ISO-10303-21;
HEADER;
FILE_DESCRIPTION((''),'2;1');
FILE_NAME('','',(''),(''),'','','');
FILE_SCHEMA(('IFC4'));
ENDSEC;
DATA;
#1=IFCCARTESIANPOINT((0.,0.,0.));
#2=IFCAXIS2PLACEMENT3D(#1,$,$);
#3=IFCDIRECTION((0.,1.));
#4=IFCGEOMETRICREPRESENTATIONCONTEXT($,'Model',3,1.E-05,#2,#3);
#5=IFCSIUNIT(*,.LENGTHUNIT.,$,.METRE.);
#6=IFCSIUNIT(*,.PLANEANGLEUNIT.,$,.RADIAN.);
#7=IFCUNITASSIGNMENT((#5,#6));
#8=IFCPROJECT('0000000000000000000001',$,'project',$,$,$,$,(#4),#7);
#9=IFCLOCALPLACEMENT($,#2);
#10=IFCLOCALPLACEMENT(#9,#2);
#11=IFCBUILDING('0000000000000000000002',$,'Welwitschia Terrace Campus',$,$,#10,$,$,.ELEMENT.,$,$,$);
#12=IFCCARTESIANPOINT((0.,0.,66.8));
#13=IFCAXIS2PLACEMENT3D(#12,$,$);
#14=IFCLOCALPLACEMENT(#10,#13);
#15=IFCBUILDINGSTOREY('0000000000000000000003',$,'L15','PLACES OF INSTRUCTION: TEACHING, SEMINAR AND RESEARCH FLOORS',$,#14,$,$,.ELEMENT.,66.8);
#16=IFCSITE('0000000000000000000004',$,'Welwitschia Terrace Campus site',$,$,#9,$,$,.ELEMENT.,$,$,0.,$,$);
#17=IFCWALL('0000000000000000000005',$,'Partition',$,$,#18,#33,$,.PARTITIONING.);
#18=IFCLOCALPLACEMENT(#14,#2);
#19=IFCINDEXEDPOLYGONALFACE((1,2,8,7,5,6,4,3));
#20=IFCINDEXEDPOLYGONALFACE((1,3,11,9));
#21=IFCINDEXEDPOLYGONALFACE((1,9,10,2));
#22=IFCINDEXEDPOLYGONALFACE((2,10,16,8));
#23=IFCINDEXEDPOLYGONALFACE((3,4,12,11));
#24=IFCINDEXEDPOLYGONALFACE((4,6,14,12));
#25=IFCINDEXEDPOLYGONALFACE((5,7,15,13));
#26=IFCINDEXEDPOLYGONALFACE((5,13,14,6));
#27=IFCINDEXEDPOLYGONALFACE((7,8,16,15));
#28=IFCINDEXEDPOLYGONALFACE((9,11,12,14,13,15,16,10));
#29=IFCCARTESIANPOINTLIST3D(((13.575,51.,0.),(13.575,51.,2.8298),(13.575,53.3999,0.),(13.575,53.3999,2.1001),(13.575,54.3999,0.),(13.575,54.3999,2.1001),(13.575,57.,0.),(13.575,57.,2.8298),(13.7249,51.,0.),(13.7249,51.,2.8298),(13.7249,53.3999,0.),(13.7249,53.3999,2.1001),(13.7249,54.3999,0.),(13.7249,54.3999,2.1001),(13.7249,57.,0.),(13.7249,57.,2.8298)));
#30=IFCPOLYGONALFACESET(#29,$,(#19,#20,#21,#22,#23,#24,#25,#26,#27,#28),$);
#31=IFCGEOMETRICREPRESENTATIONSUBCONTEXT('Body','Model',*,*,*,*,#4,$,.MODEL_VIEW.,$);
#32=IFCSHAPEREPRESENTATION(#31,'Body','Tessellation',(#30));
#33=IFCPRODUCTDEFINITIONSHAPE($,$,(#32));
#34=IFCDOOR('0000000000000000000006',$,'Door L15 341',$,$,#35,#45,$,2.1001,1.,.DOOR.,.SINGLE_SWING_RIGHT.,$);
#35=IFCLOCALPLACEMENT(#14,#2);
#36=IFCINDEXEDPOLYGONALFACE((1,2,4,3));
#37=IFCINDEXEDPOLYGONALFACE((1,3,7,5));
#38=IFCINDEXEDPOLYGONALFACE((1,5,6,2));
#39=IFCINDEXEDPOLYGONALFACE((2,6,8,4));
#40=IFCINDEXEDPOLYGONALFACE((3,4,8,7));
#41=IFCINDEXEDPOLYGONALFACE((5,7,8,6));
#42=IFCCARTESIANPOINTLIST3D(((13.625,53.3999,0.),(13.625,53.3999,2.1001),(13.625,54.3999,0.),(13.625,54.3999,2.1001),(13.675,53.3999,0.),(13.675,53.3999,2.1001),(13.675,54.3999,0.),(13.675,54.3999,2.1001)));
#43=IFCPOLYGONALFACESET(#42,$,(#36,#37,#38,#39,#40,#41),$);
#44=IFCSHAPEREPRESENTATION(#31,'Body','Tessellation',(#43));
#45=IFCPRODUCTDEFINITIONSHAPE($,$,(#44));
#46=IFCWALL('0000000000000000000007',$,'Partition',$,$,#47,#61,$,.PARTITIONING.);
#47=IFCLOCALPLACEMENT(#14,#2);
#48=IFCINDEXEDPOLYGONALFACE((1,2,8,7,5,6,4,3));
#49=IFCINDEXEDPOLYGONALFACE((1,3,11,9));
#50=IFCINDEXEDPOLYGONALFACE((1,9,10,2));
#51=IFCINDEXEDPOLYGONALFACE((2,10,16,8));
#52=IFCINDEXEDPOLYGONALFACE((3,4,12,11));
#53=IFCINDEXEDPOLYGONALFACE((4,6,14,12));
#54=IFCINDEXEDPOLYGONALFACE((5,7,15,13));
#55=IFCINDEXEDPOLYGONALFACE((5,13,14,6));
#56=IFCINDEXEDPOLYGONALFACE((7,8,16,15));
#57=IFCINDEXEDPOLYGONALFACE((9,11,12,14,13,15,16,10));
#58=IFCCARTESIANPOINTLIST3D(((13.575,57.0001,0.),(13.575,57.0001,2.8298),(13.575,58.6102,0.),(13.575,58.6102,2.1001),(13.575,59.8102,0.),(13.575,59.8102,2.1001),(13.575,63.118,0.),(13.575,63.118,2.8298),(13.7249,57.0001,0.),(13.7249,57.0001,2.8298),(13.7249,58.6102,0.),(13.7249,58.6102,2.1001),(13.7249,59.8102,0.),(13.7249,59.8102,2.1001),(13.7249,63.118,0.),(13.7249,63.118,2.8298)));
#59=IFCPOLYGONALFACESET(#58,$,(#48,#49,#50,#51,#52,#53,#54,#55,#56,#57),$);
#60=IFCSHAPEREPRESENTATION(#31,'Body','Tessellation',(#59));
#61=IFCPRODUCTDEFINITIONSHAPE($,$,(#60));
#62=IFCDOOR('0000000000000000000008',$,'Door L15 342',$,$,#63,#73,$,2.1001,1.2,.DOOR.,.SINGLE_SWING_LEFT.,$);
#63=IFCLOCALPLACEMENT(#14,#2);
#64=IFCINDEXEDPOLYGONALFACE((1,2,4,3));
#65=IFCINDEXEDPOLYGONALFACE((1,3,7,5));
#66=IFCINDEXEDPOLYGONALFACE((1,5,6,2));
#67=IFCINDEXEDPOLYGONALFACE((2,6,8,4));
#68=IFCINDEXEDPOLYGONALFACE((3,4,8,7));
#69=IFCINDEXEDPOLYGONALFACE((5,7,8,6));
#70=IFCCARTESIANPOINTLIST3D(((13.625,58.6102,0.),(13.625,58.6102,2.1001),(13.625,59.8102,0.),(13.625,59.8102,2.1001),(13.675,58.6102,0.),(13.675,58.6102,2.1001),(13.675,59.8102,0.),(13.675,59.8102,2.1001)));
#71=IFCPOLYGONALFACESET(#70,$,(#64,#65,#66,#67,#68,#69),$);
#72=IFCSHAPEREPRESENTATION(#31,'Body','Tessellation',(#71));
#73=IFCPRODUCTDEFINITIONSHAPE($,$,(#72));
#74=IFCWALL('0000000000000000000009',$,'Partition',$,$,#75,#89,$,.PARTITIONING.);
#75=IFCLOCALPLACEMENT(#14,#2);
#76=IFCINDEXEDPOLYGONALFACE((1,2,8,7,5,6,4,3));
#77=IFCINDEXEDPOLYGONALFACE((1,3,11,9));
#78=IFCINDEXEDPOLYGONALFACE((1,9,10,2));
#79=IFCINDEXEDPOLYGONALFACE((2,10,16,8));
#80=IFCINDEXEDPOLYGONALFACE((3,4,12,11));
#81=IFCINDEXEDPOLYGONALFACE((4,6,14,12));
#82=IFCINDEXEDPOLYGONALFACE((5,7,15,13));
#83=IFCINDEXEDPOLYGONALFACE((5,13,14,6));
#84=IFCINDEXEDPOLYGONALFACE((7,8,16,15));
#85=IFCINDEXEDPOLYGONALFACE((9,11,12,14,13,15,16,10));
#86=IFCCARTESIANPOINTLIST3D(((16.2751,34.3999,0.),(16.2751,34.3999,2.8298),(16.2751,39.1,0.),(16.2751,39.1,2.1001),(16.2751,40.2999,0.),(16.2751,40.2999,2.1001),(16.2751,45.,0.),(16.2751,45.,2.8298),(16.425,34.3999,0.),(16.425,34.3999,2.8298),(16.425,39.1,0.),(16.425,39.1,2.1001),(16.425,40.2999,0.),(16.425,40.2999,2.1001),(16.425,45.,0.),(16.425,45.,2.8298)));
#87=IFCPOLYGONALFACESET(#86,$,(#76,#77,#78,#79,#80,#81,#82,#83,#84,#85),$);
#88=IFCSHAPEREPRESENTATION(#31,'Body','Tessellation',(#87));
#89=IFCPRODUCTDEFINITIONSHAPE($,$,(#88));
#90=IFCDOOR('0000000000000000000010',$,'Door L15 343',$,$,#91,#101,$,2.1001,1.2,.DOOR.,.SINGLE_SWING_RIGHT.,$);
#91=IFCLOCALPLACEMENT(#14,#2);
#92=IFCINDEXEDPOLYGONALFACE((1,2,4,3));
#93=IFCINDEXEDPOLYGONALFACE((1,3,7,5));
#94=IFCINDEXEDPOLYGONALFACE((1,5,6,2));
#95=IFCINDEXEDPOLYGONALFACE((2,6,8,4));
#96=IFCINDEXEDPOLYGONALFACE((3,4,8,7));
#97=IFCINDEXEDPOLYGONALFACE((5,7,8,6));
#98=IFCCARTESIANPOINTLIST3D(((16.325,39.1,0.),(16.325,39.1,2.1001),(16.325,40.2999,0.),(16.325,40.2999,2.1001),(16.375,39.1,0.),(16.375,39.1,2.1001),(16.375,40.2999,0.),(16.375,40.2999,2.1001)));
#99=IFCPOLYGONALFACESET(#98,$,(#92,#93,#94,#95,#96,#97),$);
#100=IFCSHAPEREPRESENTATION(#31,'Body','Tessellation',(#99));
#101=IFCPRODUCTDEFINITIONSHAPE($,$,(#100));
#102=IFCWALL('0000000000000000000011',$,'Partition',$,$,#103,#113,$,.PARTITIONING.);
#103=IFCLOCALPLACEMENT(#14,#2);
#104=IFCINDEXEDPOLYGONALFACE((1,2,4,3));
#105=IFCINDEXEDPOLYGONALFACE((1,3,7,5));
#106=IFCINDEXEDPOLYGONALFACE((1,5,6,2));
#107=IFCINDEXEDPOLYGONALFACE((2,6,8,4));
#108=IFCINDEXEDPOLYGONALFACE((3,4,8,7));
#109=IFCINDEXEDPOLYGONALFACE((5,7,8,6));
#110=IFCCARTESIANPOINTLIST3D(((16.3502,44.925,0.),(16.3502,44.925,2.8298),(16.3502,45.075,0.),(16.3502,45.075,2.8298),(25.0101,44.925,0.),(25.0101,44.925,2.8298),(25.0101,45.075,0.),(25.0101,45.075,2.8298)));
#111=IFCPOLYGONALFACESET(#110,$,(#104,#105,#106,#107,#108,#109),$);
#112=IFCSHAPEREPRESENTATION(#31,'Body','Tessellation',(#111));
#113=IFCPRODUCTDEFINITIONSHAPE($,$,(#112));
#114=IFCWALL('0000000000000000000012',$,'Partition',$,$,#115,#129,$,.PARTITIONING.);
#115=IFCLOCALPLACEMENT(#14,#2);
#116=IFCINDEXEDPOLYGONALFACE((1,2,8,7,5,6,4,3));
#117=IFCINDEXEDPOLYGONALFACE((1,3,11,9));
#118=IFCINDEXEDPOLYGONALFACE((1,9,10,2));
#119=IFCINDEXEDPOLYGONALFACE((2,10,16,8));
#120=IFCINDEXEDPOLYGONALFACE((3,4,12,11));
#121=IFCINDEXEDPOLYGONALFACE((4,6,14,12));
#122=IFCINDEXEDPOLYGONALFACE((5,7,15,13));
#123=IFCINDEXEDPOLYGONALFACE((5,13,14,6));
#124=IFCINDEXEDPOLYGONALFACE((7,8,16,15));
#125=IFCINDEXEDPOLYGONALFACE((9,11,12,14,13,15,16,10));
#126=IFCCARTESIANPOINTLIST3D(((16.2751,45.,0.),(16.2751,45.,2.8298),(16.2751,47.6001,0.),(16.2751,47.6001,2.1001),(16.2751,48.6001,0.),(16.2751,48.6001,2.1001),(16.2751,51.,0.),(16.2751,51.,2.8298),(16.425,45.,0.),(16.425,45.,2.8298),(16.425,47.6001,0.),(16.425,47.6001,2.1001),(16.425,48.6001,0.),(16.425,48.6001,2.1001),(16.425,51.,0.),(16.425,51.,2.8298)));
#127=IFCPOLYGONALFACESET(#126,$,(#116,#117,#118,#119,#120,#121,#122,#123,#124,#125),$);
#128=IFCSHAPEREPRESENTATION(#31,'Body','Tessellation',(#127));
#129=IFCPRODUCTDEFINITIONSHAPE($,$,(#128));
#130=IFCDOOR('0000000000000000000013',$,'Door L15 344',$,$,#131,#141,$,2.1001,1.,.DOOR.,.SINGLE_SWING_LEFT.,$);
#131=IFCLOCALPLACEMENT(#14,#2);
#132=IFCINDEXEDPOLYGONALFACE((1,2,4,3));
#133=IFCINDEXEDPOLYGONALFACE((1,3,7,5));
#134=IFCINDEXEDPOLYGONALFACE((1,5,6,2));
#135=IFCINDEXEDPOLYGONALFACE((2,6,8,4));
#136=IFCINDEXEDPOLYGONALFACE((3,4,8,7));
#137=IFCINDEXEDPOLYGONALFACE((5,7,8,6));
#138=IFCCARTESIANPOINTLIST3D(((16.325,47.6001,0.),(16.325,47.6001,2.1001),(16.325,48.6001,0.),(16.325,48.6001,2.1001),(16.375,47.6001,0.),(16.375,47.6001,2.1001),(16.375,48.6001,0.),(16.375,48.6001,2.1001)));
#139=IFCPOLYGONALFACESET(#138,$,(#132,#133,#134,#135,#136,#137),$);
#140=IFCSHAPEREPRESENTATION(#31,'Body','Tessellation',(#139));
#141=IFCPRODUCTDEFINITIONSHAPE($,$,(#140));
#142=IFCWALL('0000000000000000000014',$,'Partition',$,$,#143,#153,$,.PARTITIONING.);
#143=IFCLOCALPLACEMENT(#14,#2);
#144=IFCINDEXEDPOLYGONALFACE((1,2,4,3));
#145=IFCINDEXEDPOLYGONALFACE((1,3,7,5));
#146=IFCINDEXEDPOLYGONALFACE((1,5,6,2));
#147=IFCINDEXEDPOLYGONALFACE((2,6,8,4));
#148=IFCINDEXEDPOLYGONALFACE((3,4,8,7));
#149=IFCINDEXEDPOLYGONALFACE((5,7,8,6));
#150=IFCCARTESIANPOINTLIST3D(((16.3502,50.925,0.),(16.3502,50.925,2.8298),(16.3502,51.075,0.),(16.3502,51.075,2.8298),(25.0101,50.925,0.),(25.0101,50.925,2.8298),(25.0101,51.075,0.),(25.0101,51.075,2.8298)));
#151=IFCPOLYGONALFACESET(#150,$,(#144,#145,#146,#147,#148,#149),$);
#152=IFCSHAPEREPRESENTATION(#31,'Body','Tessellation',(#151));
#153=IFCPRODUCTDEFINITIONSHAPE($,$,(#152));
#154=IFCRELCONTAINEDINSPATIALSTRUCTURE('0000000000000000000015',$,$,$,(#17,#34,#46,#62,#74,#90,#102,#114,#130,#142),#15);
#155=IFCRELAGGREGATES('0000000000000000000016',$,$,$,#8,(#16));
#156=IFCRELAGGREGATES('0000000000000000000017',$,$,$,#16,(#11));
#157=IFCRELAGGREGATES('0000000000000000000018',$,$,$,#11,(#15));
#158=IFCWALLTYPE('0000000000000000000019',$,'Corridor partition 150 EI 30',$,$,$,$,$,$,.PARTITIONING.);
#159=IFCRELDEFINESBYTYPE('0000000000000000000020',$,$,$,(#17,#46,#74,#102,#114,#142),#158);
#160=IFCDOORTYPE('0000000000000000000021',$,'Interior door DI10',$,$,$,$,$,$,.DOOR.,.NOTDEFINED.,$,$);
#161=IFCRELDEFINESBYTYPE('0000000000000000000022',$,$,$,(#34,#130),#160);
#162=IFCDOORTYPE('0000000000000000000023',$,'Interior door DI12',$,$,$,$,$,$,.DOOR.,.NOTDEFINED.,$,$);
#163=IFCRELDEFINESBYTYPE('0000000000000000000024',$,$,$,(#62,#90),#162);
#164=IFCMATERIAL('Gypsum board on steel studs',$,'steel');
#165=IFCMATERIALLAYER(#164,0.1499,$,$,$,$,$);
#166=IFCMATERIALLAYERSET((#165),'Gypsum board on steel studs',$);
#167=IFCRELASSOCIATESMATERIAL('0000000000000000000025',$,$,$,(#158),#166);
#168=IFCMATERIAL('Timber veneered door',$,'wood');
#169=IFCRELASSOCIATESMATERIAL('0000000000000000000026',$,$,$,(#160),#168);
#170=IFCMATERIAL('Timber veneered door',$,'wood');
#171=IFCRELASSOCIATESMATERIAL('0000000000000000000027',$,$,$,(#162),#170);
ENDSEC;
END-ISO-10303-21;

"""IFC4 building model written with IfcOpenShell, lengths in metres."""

from ifc_helpers import new_model, si_unit, direction, frame, frame_2d, origin, place, context, subcontext, project, spatial, rectangle, extrude, material, layer, layer_set, type_object, element, fill, save


model = new_model("IFC4")

# Units and contexts
model_context = context("Model", 3, precision=1e-05, world=origin(), true_north=direction((0.0, 1.0)))
body_context = subcontext(model_context, "Body", "Model", "MODEL_VIEW")
ifc_project = project(units=[si_unit("LENGTHUNIT", "METRE"), si_unit("PLANEANGLEUNIT", "RADIAN")], contexts=[model_context])

# Site, building, storey
site_placement = place(None, origin())
site = spatial("IfcSite", under=ifc_project, at=site_placement, Name="Welwitschia Terrace Campus site", CompositionType="ELEMENT", RefElevation=0.0)
building_placement = place(site_placement, origin())
building = spatial("IfcBuilding", under=site, at=building_placement, Name="Welwitschia Terrace Campus", CompositionType="ELEMENT")
storey_placement = place(building_placement, frame((0.0, 0.0, 66.8)))
storey = spatial("IfcBuildingStorey", under=building, at=storey_placement, Name="L15", Description="PLACES OF INSTRUCTION: TEACHING, SEMINAR AND RESEARCH FLOORS", CompositionType="ELEMENT", Elevation=66.8)

# Walls, openings, doors
ifc_material_1 = material(Name="Gypsum board on steel studs", Category="steel")
ifc_layer_1 = layer(ifc_material_1, 0.1499)
ifc_layer_set_1 = layer_set([ifc_layer_1], Name="Gypsum board on steel studs")
wall_type_1 = type_object("IfcWallType", Name="Corridor partition 150 EI 30", PredefinedType="PARTITIONING", material=ifc_layer_set_1)
wall_1_placement = place(storey_placement, frame((13.6499, 51.0, 0.0), z_axis=(0.0, 0.0, 1.0), x_axis=(0.0, 1.0, 0.0)))
wall_1 = element("IfcWall", 1, at=wall_1_placement, inside=storey, type_object=wall_type_1, Name="Partition", PredefinedType="PARTITIONING", context=body_context, shape_type="SweptSolid", body=[
    extrude(rectangle(XDim=6.0, YDim=0.1499, at=frame_2d((3.0, 0.0))), origin(), (0.0, 0.0, 1.0), 2.8298),
])
opening_1_placement = place(wall_1_placement, frame((2.3999, 0.0, 0.0)))
opening_1 = element("IfcOpeningElement", 2, at=opening_1_placement, cuts=wall_1, PredefinedType="OPENING", context=body_context, shape_type="SweptSolid", body=[
    extrude(rectangle(XDim=1.0, YDim=2.1001, at=frame_2d((0.5, 1.05))), frame((0.0, 0.085, 0.0), z_axis=(0.0, -1.0, 0.0), x_axis=(1.0, 0.0, 0.0)), (0.0, 0.0, 1.0), 0.1699),
])
ifc_material_2 = material(Name="Timber veneered door", Category="wood")
door_type_1 = type_object("IfcDoorType", Name="Interior door DI10", OperationType="NOTDEFINED", PredefinedType="DOOR", material=ifc_material_2)
door_1_placement = place(opening_1_placement, origin())
door_1 = element("IfcDoor", 3, at=door_1_placement, inside=storey, type_object=door_type_1, Name="Door L15 341", OperationType="SINGLE_SWING_RIGHT", OverallHeight=2.1001, OverallWidth=1.0, PredefinedType="DOOR", context=body_context, shape_type="SweptSolid", body=[
    extrude(rectangle(XDim=1.0, YDim=2.1001, at=frame_2d((0.5, 1.05))), frame((0.0, 0.0249, 0.0), z_axis=(0.0, -1.0, 0.0), x_axis=(1.0, 0.0, 0.0)), (0.0, 0.0, 1.0), 0.05),
])
fill(opening_1, door_1)
wall_2_placement = place(storey_placement, frame((13.6499, 57.0, 0.0), z_axis=(0.0, 0.0, 1.0), x_axis=(0.0, 1.0, 0.0)))
wall_2 = element("IfcWall", 4, at=wall_2_placement, inside=storey, type_object=wall_type_1, Name="Partition", PredefinedType="PARTITIONING", context=body_context, shape_type="SweptSolid", body=[
    extrude(rectangle(XDim=6.1179, YDim=0.1499, at=frame_2d((3.0591, 0.0))), origin(), (0.0, 0.0, 1.0), 2.8298),
])
opening_2_placement = place(wall_2_placement, frame((1.6101, 0.0, 0.0)))
opening_2 = element("IfcOpeningElement", 5, at=opening_2_placement, cuts=wall_2, PredefinedType="OPENING", context=body_context, shape_type="SweptSolid", body=[
    extrude(rectangle(XDim=1.2, YDim=2.1001, at=frame_2d((0.6001, 1.05))), frame((0.0, 0.085, 0.0), z_axis=(0.0, -1.0, 0.0), x_axis=(1.0, 0.0, 0.0)), (0.0, 0.0, 1.0), 0.1699),
])
ifc_material_3 = material(Name="Timber veneered door", Category="wood")
door_type_2 = type_object("IfcDoorType", Name="Interior door DI12", OperationType="NOTDEFINED", PredefinedType="DOOR", material=ifc_material_3)
door_2_placement = place(opening_2_placement, origin())
door_2 = element("IfcDoor", 6, at=door_2_placement, inside=storey, type_object=door_type_2, Name="Door L15 342", OperationType="SINGLE_SWING_LEFT", OverallHeight=2.1001, OverallWidth=1.2, PredefinedType="DOOR", context=body_context, shape_type="SweptSolid", body=[
    extrude(rectangle(XDim=1.2, YDim=2.1001, at=frame_2d((0.6001, 1.05))), frame((0.0, 0.0249, 0.0), z_axis=(0.0, -1.0, 0.0), x_axis=(1.0, 0.0, 0.0)), (0.0, 0.0, 1.0), 0.05),
])
fill(opening_2, door_2)
wall_3_placement = place(storey_placement, frame((16.3501, 45.0, 0.0), z_axis=(0.0, 0.0, 1.0), x_axis=(0.0, -1.0, 0.0)))
wall_3 = element("IfcWall", 7, at=wall_3_placement, inside=storey, type_object=wall_type_1, Name="Partition", PredefinedType="PARTITIONING", context=body_context, shape_type="SweptSolid", body=[
    extrude(rectangle(XDim=10.6001, YDim=0.1499, at=frame_2d((5.3, 0.0))), origin(), (0.0, 0.0, 1.0), 2.8298),
])
opening_3_placement = place(wall_3_placement, frame((4.7, 0.0, 0.0)))
opening_3 = element("IfcOpeningElement", 8, at=opening_3_placement, cuts=wall_3, PredefinedType="OPENING", context=body_context, shape_type="SweptSolid", body=[
    extrude(rectangle(XDim=1.2, YDim=2.1001, at=frame_2d((0.6001, 1.05))), frame((0.0, 0.085, 0.0), z_axis=(0.0, -1.0, 0.0), x_axis=(1.0, 0.0, 0.0)), (0.0, 0.0, 1.0), 0.1699),
])
door_3_placement = place(opening_3_placement, origin())
door_3 = element("IfcDoor", 9, at=door_3_placement, inside=storey, type_object=door_type_2, Name="Door L15 343", OperationType="SINGLE_SWING_RIGHT", OverallHeight=2.1001, OverallWidth=1.2, PredefinedType="DOOR", context=body_context, shape_type="SweptSolid", body=[
    extrude(rectangle(XDim=1.2, YDim=2.1001, at=frame_2d((0.6001, 1.05))), frame((0.0, 0.0249, 0.0), z_axis=(0.0, -1.0, 0.0), x_axis=(1.0, 0.0, 0.0)), (0.0, 0.0, 1.0), 0.05),
])
fill(opening_3, door_3)

# Wall
wall_4_placement = place(storey_placement, frame((16.3501, 45.0, 0.0), z_axis=(0.0, 0.0, 1.0), x_axis=(1.0, 0.0, 0.0)))
element("IfcWall", 10, at=wall_4_placement, inside=storey, type_object=wall_type_1, Name="Partition", PredefinedType="PARTITIONING", context=body_context, shape_type="SweptSolid", body=[
    extrude(rectangle(XDim=8.6599, YDim=0.1499, at=frame_2d((4.3301, 0.0))), origin(), (0.0, 0.0, 1.0), 2.8298),
])

# Wall, opening, door
wall_5_placement = place(storey_placement, frame((16.3501, 51.0, 0.0), z_axis=(0.0, 0.0, 1.0), x_axis=(0.0, -1.0, 0.0)))
wall_5 = element("IfcWall", 11, at=wall_5_placement, inside=storey, type_object=wall_type_1, Name="Partition", PredefinedType="PARTITIONING", context=body_context, shape_type="SweptSolid", body=[
    extrude(rectangle(XDim=6.0, YDim=0.1499, at=frame_2d((3.0, 0.0))), origin(), (0.0, 0.0, 1.0), 2.8298),
])
opening_4_placement = place(wall_5_placement, frame((2.3999, 0.0, 0.0)))
opening_4 = element("IfcOpeningElement", 12, at=opening_4_placement, cuts=wall_5, PredefinedType="OPENING", context=body_context, shape_type="SweptSolid", body=[
    extrude(rectangle(XDim=1.0, YDim=2.1001, at=frame_2d((0.5, 1.05))), frame((0.0, 0.085, 0.0), z_axis=(0.0, -1.0, 0.0), x_axis=(1.0, 0.0, 0.0)), (0.0, 0.0, 1.0), 0.1699),
])
door_4_placement = place(opening_4_placement, origin())
door_4 = element("IfcDoor", 13, at=door_4_placement, inside=storey, type_object=door_type_1, Name="Door L15 344", OperationType="SINGLE_SWING_LEFT", OverallHeight=2.1001, OverallWidth=1.0, PredefinedType="DOOR", context=body_context, shape_type="SweptSolid", body=[
    extrude(rectangle(XDim=1.0, YDim=2.1001, at=frame_2d((0.5, 1.05))), frame((0.0, 0.0249, 0.0), z_axis=(0.0, -1.0, 0.0), x_axis=(1.0, 0.0, 0.0)), (0.0, 0.0, 1.0), 0.05),
])
fill(opening_4, door_4)

# Wall
wall_6_placement = place(storey_placement, frame((16.3501, 51.0, 0.0), z_axis=(0.0, 0.0, 1.0), x_axis=(1.0, 0.0, 0.0)))
element("IfcWall", 14, at=wall_6_placement, inside=storey, type_object=wall_type_1, Name="Partition", PredefinedType="PARTITIONING", context=body_context, shape_type="SweptSolid", body=[
    extrude(rectangle(XDim=8.6599, YDim=0.1499, at=frame_2d((4.3301, 0.0))), origin(), (0.0, 0.0, 1.0), 2.8298),
])

save(model, "model.ifc")
